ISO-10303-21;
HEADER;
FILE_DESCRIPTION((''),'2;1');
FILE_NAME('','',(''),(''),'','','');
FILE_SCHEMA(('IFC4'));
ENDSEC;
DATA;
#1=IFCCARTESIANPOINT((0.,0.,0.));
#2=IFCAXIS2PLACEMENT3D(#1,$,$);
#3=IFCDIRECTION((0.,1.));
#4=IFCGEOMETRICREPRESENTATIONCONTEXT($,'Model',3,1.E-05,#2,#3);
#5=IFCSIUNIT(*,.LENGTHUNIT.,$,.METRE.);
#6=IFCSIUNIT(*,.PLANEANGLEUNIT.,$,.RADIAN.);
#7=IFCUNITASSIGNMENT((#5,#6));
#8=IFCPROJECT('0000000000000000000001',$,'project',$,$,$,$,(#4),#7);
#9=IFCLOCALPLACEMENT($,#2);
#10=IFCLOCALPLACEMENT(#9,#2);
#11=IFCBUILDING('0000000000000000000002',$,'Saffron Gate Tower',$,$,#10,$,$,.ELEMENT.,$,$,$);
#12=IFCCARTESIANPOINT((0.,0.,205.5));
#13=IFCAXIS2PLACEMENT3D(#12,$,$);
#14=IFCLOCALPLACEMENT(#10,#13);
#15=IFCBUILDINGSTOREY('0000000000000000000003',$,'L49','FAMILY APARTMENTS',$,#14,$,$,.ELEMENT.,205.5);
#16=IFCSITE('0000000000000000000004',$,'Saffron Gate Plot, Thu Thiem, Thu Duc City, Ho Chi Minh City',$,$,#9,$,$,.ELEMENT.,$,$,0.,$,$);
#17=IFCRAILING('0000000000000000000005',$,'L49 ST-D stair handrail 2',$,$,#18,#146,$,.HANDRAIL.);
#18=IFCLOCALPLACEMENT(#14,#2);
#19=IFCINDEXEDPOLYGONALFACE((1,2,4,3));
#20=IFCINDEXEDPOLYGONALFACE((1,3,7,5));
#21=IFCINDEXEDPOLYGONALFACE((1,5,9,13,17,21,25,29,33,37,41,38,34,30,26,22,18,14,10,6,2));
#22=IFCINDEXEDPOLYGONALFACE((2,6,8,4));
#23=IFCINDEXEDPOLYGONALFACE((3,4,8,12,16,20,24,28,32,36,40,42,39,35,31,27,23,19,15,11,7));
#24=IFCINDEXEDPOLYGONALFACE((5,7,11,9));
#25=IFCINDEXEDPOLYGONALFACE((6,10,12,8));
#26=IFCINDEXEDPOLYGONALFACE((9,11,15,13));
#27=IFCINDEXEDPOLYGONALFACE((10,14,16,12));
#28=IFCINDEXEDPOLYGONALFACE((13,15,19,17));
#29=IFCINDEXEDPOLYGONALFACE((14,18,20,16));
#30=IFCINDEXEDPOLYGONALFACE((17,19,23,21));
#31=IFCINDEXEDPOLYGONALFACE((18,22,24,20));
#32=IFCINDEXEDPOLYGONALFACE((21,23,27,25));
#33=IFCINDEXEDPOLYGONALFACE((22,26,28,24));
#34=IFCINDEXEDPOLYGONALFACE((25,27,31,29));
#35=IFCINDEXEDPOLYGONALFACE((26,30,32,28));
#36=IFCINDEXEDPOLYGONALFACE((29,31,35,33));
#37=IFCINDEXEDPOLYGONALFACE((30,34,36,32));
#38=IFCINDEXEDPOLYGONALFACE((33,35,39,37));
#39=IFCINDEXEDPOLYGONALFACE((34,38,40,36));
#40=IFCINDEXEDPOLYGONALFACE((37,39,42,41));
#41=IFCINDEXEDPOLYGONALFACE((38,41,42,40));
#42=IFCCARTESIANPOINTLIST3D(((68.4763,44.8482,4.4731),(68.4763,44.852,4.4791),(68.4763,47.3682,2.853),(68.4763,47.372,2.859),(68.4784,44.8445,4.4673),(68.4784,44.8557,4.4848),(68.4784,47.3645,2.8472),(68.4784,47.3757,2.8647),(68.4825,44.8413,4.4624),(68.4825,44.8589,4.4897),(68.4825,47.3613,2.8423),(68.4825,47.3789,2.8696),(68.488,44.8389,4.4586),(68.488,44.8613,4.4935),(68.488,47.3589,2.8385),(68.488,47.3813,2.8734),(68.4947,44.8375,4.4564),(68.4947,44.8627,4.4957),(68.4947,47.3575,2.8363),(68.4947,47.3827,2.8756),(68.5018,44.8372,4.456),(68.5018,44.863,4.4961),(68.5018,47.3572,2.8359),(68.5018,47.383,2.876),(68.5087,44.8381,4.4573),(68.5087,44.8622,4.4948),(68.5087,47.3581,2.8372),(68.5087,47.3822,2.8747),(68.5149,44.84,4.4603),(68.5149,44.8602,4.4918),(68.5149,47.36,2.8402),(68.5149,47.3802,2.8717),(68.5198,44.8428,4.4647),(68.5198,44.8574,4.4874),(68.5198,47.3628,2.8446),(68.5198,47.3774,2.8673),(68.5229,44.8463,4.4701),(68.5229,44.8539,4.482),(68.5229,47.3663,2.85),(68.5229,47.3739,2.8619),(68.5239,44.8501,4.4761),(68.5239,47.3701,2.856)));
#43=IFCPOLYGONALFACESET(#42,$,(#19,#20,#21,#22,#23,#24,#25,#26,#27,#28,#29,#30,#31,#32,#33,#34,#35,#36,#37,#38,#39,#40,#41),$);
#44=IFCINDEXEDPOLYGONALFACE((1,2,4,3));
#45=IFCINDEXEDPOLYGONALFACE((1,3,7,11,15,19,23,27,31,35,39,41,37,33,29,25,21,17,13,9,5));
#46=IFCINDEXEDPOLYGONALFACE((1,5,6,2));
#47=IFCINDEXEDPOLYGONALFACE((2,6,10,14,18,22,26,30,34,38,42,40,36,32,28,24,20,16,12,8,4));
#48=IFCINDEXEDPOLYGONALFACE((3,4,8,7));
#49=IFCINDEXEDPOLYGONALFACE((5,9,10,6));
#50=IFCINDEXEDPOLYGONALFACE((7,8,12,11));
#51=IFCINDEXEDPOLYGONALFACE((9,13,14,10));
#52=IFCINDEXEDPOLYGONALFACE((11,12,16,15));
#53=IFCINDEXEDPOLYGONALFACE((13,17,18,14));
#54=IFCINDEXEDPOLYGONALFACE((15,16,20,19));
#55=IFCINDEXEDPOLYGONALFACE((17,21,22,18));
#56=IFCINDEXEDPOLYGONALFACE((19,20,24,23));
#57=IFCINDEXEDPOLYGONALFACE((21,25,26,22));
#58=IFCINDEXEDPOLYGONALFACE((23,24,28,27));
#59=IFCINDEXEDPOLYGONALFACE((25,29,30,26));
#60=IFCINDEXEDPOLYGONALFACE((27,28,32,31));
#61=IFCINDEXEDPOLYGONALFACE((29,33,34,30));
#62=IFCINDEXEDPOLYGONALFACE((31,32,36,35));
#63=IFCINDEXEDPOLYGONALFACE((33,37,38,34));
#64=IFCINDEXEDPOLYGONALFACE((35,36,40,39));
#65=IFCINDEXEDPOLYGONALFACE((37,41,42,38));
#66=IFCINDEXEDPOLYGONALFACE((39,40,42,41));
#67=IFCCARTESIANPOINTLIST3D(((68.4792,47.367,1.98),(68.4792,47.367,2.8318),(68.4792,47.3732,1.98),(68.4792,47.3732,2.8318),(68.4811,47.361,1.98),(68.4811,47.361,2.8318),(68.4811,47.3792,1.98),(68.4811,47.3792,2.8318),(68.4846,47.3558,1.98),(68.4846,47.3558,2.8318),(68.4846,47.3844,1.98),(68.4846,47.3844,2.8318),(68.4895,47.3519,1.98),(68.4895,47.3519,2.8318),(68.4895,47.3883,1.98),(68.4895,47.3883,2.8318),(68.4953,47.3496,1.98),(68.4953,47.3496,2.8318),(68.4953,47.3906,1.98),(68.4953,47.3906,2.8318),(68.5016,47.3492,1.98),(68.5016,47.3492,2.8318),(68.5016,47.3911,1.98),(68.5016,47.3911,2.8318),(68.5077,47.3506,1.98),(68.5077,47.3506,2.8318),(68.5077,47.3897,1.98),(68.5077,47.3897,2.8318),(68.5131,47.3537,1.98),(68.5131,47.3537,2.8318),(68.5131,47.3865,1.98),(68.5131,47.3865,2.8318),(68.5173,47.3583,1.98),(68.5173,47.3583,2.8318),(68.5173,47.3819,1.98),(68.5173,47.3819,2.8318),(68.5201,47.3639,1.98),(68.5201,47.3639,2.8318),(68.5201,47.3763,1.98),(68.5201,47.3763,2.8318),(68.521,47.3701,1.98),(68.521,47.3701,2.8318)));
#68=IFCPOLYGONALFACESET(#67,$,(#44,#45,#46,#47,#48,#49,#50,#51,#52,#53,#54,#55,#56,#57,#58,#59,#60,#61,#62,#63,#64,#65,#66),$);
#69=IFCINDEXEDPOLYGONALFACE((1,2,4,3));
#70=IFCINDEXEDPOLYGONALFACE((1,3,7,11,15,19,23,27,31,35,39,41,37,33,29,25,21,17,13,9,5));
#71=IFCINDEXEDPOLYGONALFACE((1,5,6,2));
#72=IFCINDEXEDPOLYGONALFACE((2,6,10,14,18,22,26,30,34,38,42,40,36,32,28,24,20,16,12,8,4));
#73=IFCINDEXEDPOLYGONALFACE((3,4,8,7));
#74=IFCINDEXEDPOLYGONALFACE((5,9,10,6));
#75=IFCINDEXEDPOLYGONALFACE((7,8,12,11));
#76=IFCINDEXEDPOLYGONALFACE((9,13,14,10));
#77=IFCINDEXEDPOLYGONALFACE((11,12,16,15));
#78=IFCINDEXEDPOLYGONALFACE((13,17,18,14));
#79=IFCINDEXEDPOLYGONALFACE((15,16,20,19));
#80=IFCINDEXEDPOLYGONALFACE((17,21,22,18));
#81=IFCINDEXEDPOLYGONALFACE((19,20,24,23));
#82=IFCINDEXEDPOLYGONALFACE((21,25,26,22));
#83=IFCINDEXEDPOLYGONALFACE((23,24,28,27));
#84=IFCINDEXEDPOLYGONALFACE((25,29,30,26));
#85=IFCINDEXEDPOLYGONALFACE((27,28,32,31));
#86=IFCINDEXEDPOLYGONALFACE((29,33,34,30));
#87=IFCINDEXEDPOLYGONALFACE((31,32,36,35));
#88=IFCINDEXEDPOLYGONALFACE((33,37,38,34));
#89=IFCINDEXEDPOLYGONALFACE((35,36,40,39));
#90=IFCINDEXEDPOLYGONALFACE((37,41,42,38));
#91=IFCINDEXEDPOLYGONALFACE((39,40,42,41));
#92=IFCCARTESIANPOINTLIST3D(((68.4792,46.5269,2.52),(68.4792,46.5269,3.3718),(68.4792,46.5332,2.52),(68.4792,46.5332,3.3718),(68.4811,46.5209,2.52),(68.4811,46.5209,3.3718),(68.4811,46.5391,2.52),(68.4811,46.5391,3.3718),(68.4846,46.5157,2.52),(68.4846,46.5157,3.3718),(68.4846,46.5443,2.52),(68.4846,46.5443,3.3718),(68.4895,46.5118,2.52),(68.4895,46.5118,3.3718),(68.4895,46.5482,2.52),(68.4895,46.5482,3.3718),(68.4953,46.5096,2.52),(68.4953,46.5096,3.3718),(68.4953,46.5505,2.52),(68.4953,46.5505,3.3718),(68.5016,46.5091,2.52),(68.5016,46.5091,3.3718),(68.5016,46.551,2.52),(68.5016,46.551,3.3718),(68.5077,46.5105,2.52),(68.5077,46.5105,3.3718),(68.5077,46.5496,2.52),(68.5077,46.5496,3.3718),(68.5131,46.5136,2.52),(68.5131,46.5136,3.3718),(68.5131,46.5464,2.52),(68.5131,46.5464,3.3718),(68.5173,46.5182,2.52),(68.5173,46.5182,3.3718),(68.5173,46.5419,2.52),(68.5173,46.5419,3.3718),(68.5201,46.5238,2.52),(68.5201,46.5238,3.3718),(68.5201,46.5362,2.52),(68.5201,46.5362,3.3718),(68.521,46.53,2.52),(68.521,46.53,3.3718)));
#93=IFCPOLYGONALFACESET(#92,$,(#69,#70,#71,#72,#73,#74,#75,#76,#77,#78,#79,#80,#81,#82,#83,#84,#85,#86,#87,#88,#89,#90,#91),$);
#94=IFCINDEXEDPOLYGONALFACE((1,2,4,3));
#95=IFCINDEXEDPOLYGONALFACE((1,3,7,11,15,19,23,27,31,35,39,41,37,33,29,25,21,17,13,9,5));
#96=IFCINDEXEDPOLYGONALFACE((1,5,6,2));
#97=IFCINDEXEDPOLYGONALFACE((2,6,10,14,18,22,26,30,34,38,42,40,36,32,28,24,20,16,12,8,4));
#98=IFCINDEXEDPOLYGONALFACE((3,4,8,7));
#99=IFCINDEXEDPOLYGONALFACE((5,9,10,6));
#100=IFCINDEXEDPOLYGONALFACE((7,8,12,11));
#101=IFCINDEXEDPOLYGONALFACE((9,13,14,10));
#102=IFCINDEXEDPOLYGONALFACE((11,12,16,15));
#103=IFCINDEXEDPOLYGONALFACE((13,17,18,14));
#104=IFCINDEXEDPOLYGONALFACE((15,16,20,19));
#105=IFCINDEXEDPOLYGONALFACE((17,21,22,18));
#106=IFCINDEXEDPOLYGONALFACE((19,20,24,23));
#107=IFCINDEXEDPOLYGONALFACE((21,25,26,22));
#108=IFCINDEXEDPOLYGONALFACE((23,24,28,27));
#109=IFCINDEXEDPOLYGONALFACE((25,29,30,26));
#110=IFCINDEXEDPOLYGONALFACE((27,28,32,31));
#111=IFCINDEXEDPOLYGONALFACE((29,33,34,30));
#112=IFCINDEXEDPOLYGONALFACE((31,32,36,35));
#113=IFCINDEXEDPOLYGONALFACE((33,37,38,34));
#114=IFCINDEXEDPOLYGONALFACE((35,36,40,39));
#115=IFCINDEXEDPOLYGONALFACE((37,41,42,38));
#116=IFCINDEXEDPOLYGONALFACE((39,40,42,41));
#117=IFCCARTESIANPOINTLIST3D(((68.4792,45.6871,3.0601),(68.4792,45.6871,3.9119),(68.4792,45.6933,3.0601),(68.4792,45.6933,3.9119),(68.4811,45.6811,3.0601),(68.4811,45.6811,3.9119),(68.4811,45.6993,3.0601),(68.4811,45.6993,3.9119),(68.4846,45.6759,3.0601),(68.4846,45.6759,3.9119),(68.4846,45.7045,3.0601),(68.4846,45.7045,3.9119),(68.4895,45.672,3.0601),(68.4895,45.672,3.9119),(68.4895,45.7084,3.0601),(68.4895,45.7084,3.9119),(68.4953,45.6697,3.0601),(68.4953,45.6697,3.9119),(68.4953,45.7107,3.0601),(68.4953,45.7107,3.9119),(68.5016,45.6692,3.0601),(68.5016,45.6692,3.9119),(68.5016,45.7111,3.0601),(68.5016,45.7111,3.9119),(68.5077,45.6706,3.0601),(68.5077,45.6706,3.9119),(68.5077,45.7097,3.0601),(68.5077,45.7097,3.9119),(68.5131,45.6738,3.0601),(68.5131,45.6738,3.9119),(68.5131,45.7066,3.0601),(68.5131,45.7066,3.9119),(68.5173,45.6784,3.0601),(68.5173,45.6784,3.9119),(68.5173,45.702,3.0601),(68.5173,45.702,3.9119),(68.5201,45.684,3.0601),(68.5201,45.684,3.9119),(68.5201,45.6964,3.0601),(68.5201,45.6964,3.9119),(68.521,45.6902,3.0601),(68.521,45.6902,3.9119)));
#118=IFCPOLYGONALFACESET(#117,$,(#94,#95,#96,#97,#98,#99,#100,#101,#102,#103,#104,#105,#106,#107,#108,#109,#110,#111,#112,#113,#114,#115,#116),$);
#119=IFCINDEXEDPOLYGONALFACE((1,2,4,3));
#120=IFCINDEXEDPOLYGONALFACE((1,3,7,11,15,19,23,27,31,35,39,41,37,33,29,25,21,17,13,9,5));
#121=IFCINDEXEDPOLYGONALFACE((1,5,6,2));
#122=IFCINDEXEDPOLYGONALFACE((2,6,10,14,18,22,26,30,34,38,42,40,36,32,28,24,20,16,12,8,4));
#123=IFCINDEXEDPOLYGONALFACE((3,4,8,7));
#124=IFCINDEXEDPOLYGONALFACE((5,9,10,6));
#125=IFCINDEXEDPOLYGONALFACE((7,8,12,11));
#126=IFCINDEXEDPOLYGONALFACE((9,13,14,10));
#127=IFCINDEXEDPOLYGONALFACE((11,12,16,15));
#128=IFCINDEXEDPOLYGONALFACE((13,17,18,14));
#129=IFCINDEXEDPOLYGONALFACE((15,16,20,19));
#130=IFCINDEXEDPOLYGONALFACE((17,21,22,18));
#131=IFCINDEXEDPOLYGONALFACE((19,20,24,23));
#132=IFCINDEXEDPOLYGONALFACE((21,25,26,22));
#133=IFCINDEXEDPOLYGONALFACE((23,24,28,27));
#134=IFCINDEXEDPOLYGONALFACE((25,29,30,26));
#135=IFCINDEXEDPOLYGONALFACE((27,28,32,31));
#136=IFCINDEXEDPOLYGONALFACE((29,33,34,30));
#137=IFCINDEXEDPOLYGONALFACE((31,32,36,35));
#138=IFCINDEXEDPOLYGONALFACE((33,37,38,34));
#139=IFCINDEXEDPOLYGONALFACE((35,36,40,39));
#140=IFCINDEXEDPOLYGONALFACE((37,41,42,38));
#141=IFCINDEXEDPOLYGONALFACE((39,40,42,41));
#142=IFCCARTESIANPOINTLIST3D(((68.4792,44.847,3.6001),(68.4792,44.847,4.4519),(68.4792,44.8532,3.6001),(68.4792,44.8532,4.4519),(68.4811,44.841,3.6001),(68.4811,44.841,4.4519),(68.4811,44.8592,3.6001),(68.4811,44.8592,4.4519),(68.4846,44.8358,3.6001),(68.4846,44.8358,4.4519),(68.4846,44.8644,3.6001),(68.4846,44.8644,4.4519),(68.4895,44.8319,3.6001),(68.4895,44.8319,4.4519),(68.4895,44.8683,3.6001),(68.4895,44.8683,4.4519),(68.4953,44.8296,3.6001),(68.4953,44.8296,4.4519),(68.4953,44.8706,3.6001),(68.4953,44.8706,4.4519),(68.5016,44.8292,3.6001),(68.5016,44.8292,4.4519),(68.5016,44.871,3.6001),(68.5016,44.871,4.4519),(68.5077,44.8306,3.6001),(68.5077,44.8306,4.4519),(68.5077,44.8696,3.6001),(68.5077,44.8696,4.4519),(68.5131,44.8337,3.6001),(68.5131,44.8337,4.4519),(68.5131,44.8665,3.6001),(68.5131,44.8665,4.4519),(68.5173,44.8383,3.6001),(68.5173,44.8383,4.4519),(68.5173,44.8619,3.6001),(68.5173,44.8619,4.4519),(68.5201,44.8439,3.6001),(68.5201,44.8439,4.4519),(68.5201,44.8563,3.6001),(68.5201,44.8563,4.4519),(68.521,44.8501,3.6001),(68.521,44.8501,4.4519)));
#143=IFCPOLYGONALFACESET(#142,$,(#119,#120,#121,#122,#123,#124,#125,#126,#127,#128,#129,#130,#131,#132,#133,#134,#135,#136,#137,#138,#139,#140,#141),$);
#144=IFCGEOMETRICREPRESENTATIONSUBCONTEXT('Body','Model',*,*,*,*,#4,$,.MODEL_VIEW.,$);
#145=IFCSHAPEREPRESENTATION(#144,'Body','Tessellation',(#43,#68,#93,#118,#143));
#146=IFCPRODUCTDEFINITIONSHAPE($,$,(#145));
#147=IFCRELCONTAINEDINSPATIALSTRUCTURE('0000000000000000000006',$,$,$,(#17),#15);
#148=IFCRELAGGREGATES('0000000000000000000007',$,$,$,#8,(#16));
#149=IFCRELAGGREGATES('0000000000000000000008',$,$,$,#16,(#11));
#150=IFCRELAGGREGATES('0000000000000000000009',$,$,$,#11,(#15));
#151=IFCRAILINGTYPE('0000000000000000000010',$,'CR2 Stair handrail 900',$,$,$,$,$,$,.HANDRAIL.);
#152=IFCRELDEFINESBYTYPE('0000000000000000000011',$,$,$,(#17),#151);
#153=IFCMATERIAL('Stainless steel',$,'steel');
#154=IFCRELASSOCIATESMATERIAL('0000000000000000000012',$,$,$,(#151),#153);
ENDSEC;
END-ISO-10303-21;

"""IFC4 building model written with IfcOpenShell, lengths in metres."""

from ifc_helpers import new_model, si_unit, direction, frame, origin, origin_2d, place, context, subcontext, project, spatial, circle, extrude, material, type_object, element, save


model = new_model("IFC4")

# Units and contexts
model_context = context("Model", 3, precision=1e-05, world=origin(), true_north=direction((0.0, 1.0)))
body_context = subcontext(model_context, "Body", "Model", "MODEL_VIEW")
ifc_project = project(units=[si_unit("LENGTHUNIT", "METRE"), si_unit("PLANEANGLEUNIT", "RADIAN")], contexts=[model_context])

# Site, building, storey
site_placement = place(None, origin())
site = spatial("IfcSite", under=ifc_project, at=site_placement, Name="Saffron Gate Plot, Thu Thiem, Thu Duc City, Ho Chi Minh City", CompositionType="ELEMENT", RefElevation=0.0)
building_placement = place(site_placement, origin())
building = spatial("IfcBuilding", under=site, at=building_placement, Name="Saffron Gate Tower", CompositionType="ELEMENT")
storey_placement = place(building_placement, frame((0.0, 0.0, 205.5)))
storey = spatial("IfcBuildingStorey", under=building, at=storey_placement, Name="L49", Description="FAMILY APARTMENTS", CompositionType="ELEMENT", Elevation=205.5)

# Railing
ifc_material_1 = material(Name="Stainless steel", Category="steel")
railing_type_1 = type_object("IfcRailingType", Name="CR2 Stair handrail 900", PredefinedType="HANDRAIL", material=ifc_material_1)
railing_1_placement = place(storey_placement, frame((68.5, 47.3701, 1.98)))
element("IfcRailing", 1, at=railing_1_placement, inside=storey, type_object=railing_type_1, Name="L49 ST-D stair handrail 2", PredefinedType="HANDRAIL", context=body_context, shape_type="SweptSolid", body=[
    extrude(circle(Radius=0.0239, at=origin_2d()), frame((0.0, 0.0, 0.876), z_axis=(0.0, -0.841163, 0.540782), x_axis=(1.0, 0.0, 0.0)), (0.0, 0.0, 1.0), 2.9958),
    extrude(circle(Radius=0.021, at=origin_2d()), origin(), (0.0, 0.0, 1.0), 0.8518),
    extrude(circle(Radius=0.021, at=origin_2d()), frame((0.0, -0.8401, 0.54)), (0.0, 0.0, 1.0), 0.8518),
    extrude(circle(Radius=0.021, at=origin_2d()), frame((0.0, -1.6799, 1.0801)), (0.0, 0.0, 1.0), 0.8518),
    extrude(circle(Radius=0.021, at=origin_2d()), frame((0.0, -2.52, 1.6201)), (0.0, 0.0, 1.0), 0.8518),
])

save(model, "model.ifc")
